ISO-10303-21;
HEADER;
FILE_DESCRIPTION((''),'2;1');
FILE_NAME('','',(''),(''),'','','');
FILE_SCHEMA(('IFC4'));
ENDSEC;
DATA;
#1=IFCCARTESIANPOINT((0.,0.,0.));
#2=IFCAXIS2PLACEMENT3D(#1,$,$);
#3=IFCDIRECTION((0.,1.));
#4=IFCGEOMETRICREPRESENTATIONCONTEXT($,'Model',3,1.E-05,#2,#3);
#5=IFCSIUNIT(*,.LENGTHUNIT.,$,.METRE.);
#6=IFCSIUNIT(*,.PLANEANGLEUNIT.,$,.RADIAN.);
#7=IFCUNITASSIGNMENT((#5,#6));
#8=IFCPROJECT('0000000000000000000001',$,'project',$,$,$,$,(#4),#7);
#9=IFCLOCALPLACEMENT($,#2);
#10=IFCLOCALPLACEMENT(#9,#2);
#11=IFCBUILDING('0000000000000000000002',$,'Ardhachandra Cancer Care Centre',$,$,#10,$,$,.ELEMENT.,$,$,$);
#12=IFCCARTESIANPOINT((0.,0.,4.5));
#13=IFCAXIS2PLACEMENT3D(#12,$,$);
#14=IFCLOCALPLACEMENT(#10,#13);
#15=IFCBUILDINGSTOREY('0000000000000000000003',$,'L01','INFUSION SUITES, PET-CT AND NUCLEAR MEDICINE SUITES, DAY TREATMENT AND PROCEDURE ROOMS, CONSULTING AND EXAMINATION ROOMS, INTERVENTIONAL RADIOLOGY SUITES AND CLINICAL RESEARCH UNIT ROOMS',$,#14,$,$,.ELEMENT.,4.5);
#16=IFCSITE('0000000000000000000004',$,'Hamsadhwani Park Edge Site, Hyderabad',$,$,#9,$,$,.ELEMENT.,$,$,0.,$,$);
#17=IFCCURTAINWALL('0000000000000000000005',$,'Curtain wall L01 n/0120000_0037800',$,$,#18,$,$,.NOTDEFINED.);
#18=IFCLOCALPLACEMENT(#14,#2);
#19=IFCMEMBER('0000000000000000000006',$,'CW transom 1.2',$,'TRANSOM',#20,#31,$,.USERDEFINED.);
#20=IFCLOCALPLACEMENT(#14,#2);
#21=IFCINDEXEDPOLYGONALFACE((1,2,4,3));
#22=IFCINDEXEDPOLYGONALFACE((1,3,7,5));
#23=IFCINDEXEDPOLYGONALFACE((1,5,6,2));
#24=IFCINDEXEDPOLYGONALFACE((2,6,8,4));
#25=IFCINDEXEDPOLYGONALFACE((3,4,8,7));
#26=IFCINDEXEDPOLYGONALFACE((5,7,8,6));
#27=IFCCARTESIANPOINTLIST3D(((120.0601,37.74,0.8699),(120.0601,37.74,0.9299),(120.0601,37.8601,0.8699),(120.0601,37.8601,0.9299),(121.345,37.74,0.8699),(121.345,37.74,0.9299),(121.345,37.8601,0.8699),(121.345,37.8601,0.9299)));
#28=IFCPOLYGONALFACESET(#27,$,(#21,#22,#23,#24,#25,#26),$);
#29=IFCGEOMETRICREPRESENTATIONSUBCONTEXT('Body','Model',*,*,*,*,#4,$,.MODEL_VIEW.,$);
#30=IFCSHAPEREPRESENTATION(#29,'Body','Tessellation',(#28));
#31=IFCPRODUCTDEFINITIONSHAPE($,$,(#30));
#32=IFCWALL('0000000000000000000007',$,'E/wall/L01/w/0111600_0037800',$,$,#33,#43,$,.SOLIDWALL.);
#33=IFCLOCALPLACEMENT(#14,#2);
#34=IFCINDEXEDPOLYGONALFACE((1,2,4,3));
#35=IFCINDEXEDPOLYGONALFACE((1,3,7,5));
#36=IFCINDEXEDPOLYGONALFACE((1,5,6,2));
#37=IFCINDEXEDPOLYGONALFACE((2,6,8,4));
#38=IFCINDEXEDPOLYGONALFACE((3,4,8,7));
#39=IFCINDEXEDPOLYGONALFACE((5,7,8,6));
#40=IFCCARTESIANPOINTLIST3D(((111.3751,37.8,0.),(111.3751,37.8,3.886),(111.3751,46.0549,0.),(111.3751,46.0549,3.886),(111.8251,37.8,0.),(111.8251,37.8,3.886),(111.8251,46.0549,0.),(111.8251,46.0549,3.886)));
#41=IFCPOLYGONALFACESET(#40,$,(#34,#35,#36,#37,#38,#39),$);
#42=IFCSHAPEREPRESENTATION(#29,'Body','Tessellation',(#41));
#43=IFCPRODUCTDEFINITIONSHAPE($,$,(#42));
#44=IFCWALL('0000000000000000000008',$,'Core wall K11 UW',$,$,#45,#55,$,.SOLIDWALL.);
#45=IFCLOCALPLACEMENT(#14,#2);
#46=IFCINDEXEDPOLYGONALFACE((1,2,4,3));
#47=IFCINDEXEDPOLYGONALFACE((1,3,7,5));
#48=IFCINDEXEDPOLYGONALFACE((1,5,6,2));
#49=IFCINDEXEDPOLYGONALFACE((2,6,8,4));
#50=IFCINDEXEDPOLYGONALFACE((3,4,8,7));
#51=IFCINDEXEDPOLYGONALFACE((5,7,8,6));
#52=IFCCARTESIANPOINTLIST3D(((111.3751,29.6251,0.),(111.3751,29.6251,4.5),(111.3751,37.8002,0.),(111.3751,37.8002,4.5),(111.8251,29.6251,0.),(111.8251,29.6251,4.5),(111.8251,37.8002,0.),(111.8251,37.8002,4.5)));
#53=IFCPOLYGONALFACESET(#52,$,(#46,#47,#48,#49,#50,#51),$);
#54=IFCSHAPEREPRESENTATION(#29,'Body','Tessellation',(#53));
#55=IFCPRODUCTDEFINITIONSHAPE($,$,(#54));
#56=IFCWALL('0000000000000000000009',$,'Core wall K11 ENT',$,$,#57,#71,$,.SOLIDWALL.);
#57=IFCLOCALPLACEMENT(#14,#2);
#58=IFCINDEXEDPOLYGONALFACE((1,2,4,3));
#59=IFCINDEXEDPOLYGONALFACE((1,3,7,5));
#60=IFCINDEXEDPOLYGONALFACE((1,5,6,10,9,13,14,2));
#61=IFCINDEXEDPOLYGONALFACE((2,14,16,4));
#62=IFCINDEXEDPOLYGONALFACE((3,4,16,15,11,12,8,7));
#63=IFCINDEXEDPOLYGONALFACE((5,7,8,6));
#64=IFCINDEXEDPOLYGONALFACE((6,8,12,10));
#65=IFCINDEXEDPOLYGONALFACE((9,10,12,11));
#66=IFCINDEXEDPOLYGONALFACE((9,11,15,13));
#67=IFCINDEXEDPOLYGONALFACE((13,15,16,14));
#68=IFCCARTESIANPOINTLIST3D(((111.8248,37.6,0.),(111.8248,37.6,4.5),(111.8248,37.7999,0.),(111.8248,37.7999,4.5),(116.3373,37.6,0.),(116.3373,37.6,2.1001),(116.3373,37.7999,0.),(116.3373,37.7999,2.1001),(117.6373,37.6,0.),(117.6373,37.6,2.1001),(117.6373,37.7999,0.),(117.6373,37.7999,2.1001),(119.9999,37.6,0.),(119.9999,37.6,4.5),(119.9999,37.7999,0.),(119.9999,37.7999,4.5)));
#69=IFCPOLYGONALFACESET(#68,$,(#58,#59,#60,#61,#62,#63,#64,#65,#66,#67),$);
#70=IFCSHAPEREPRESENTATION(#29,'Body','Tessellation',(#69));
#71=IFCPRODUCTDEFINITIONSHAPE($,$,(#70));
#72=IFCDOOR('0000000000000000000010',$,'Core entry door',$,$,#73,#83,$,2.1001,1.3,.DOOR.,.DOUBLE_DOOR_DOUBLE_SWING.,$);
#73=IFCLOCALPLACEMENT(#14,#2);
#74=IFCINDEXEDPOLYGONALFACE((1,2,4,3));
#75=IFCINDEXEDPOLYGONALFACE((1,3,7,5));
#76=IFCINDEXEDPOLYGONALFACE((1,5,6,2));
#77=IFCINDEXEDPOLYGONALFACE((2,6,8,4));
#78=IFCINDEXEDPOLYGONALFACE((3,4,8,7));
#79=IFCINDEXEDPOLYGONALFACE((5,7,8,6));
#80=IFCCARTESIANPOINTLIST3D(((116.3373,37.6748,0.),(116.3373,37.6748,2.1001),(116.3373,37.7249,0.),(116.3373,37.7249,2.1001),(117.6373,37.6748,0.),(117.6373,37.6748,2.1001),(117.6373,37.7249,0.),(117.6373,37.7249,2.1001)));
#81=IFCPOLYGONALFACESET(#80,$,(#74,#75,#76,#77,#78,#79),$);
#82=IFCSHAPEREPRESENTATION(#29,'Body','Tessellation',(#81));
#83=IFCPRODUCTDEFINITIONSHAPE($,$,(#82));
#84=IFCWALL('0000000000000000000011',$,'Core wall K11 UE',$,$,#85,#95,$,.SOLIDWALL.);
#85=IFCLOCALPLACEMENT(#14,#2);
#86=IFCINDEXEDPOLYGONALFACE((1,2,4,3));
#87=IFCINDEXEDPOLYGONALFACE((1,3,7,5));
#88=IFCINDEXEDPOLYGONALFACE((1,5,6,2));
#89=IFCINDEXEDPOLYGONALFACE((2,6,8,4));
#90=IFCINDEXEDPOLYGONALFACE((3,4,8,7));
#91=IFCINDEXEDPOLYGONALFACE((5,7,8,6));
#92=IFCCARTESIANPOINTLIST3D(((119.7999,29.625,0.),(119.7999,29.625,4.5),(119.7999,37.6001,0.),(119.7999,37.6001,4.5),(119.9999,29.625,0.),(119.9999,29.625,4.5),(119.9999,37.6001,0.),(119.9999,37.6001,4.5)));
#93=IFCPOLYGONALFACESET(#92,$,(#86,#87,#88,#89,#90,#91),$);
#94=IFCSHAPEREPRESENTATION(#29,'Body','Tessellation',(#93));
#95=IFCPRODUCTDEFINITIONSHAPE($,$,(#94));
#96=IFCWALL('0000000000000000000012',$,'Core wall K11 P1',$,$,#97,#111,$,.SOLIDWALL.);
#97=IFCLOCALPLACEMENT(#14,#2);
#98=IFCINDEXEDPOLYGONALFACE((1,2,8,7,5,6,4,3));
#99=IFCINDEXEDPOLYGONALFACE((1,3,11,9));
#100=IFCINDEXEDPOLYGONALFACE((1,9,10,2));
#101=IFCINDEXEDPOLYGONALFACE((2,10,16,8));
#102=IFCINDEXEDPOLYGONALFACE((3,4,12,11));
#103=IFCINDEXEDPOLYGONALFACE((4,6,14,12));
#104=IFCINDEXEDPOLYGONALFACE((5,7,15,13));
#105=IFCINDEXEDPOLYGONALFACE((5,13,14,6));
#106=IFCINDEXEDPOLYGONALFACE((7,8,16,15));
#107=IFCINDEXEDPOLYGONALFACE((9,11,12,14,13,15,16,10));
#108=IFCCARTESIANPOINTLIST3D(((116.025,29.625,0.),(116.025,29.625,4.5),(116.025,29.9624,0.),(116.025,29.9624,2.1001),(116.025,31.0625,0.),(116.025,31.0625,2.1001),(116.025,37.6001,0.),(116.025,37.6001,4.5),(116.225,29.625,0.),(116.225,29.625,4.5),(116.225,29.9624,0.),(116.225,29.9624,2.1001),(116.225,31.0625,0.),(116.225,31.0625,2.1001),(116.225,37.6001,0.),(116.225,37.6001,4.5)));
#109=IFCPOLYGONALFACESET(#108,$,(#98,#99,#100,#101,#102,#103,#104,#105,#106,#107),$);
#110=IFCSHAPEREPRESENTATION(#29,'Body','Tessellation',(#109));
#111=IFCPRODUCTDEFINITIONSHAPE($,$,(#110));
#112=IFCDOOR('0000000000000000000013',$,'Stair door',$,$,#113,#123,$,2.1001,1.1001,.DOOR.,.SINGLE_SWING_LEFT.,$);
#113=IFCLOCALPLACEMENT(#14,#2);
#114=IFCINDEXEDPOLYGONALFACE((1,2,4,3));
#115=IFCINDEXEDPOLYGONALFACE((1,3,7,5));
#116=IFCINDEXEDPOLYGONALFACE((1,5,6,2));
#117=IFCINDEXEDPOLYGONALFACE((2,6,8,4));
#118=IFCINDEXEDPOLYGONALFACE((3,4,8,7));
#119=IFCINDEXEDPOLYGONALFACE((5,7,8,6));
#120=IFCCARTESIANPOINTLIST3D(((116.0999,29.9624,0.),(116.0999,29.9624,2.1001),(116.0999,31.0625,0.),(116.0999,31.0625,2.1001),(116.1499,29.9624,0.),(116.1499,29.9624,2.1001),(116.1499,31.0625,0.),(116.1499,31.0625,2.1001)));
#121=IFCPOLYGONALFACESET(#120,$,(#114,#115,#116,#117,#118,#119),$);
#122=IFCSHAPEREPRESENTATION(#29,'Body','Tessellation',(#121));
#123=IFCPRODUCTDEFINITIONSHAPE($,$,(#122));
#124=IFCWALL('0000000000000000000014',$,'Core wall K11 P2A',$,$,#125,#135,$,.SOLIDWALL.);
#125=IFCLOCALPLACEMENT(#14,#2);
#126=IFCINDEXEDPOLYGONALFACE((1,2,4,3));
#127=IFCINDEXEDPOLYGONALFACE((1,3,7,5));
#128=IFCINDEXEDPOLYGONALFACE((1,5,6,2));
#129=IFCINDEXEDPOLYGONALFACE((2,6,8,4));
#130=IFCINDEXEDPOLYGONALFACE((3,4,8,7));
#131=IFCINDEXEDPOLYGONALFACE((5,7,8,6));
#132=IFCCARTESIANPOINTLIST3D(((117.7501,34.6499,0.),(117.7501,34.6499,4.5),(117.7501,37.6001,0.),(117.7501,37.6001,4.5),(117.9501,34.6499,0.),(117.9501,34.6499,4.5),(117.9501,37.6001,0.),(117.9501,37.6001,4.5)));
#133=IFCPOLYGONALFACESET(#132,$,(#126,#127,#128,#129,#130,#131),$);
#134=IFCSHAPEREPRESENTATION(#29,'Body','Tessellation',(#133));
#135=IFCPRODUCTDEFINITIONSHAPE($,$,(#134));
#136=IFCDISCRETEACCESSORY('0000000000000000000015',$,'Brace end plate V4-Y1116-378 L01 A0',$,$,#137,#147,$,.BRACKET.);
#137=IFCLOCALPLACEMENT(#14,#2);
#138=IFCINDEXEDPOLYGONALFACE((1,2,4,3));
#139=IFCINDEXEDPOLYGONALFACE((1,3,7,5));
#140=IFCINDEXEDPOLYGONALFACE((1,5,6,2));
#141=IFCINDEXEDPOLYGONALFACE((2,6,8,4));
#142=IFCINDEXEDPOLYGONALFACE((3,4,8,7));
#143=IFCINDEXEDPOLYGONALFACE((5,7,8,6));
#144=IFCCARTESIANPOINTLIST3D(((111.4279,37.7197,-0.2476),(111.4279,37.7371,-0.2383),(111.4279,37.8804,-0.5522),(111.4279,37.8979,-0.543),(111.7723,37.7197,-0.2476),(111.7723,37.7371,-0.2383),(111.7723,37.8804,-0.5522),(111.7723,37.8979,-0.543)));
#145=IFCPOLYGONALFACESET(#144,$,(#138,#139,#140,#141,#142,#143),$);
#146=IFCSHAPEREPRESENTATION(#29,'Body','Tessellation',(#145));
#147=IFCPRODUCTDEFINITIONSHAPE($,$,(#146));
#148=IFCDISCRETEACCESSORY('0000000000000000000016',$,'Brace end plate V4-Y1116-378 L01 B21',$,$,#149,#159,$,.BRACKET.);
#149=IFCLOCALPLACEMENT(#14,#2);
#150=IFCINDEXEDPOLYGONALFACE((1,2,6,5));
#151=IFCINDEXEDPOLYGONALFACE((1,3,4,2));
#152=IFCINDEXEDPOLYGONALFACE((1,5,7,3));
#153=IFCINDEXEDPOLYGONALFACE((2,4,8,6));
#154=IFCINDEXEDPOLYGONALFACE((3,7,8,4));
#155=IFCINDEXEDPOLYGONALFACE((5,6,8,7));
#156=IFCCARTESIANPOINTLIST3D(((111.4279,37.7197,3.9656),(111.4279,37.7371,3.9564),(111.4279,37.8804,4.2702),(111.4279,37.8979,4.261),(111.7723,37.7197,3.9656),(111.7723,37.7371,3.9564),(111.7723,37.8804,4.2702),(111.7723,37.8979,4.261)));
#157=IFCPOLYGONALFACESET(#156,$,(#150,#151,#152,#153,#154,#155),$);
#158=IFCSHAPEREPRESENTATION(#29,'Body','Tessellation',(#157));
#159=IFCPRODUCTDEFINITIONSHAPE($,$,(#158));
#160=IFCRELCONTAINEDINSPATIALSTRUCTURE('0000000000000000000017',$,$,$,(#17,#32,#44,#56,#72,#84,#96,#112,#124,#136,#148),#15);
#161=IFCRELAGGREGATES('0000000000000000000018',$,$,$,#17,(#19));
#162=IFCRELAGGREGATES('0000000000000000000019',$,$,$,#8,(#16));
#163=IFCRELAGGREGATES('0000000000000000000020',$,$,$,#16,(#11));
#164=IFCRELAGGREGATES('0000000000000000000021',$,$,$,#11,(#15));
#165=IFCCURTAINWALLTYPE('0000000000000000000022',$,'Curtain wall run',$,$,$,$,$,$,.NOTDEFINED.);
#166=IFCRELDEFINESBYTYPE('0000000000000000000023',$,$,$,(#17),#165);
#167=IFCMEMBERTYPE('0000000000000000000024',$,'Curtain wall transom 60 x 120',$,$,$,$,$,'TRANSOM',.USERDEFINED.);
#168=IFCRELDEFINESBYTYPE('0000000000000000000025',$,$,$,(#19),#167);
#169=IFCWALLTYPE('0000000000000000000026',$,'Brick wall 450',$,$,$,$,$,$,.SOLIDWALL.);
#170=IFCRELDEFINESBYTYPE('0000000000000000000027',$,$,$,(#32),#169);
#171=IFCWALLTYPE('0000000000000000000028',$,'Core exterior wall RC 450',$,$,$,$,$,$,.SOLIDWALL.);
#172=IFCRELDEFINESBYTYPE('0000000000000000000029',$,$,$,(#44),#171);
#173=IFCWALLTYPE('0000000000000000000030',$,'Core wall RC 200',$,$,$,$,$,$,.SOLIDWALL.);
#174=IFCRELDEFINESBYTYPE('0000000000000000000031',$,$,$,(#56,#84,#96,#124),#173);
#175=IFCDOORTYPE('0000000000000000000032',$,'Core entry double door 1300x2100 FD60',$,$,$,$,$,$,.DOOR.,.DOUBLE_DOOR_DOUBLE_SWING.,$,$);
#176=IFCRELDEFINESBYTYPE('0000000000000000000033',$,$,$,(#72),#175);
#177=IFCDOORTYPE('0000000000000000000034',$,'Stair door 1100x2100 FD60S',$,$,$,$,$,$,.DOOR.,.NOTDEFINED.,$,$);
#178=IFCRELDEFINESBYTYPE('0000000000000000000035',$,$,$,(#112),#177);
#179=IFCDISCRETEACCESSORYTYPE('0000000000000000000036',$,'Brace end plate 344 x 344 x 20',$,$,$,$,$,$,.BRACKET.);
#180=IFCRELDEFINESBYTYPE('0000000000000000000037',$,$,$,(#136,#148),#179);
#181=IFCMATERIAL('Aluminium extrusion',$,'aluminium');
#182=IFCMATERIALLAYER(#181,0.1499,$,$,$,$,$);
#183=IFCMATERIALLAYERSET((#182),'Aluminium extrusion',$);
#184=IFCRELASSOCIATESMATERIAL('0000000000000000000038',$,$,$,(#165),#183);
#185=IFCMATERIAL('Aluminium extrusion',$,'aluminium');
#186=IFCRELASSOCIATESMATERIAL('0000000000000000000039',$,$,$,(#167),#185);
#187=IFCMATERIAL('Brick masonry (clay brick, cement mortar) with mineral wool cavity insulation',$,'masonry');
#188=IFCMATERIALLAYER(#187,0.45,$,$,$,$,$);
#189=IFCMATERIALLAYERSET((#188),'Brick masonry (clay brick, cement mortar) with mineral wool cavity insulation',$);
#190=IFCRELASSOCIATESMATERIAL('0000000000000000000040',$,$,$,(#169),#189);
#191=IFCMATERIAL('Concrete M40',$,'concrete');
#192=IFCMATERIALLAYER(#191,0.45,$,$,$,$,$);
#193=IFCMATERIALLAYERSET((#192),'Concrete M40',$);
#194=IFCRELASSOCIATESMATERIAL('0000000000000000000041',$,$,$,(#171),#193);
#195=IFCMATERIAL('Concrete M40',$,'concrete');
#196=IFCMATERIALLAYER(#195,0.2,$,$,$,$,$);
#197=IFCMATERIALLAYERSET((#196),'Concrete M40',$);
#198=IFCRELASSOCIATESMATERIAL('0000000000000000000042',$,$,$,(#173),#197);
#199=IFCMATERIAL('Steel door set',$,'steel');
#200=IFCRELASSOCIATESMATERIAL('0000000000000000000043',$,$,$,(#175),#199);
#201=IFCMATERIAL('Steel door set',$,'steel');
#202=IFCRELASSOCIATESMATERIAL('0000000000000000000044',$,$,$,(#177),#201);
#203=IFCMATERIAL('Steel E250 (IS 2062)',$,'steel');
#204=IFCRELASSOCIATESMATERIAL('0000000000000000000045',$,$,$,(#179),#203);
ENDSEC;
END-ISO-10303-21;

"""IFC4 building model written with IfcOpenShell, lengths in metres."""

from ifc_helpers import new_model, si_unit, direction, frame, frame_2d, origin, origin_2d, place, context, subcontext, project, spatial, rectangle, extrude, material, layer, layer_set, material_profile, profile_set, type_object, element, fill, aggregate, save


model = new_model("IFC4")

# Units and contexts
model_context = context("Model", 3, precision=1e-05, world=origin(), true_north=direction((0.0, 1.0)))
body_context = subcontext(model_context, "Body", "Model", "MODEL_VIEW")
ifc_project = project(units=[si_unit("LENGTHUNIT", "METRE"), si_unit("PLANEANGLEUNIT", "RADIAN")], contexts=[model_context])

# Site, building, storey
site_placement = place(None, origin())
site = spatial("IfcSite", under=ifc_project, at=site_placement, Name="Hamsadhwani Park Edge Site, Hyderabad", CompositionType="ELEMENT", RefElevation=0.0)
building_placement = place(site_placement, origin())
building = spatial("IfcBuilding", under=site, at=building_placement, Name="Ardhachandra Cancer Care Centre", CompositionType="ELEMENT")
storey_placement = place(building_placement, frame((0.0, 0.0, 4.5)))
storey = spatial("IfcBuildingStorey", under=building, at=storey_placement, Name="L01", Description="INFUSION SUITES, PET-CT AND NUCLEAR MEDICINE SUITES, DAY TREATMENT AND PROCEDURE ROOMS, CONSULTING AND EXAMINATION ROOMS, INTERVENTIONAL RADIOLOGY SUITES AND CLINICAL RESEARCH UNIT ROOMS", CompositionType="ELEMENT", Elevation=4.5)

# Curtain wall, member
ifc_material_1 = material(Name="Aluminium extrusion", Category="aluminium")
ifc_layer_1 = layer(ifc_material_1, 0.1499)
ifc_layer_set_1 = layer_set([ifc_layer_1], Name="Aluminium extrusion")
curtain_wall_type = type_object("IfcCurtainWallType", Name="Curtain wall run", PredefinedType="NOTDEFINED", material=ifc_layer_set_1)
curtain_wall_placement = place(storey_placement, origin())
curtain_wall = element("IfcCurtainWall", 1, at=curtain_wall_placement, inside=storey, type_object=curtain_wall_type, Name="Curtain wall L01 n/0120000_0037800", PredefinedType="NOTDEFINED")
ifc_material_2 = material(Name="Aluminium extrusion", Category="aluminium")
ifc_material_profile_1 = material_profile(ifc_material_2, rectangle(XDim=0.1201, YDim=0.0601, at=origin_2d()), Name="Curtain wall transom 60 x 120")
ifc_profile_set_1 = profile_set([ifc_material_profile_1], Name="Aluminium extrusion")
member_type_1 = type_object("IfcMemberType", Name="Curtain wall transom 60 x 120", ElementType="TRANSOM", PredefinedType="USERDEFINED", material=ifc_profile_set_1)
member_1_placement = place(storey_placement, frame((120.0601, 37.8, 0.8999), z_axis=(1.0, 0.0, 0.0), x_axis=(0.0, 1.0, 0.0)))
member_1 = element("IfcMember", 2, at=member_1_placement, type_object=member_type_1, Name="CW transom 1.2", ObjectType="TRANSOM", PredefinedType="USERDEFINED", context=body_context, shape_type="SweptSolid", body=[
    extrude(rectangle(XDim=0.1201, YDim=0.0601, at=origin_2d()), origin(), (0.0, 0.0, 1.0), 1.2849),
])
aggregate(curtain_wall, [member_1])

# Walls
ifc_material_3 = material(Name="Brick masonry (clay brick, cement mortar) with mineral wool cavity insulation", Category="masonry")
ifc_layer_2 = layer(ifc_material_3, 0.45)
ifc_layer_set_2 = layer_set([ifc_layer_2], Name="Brick masonry (clay brick, cement mortar) with mineral wool cavity insulation")
wall_type_1 = type_object("IfcWallType", Name="Brick wall 450", PredefinedType="SOLIDWALL", material=ifc_layer_set_2)
wall_1_placement = place(storey_placement, frame((111.6001, 37.8, 0.0), z_axis=(0.0, 0.0, 1.0), x_axis=(0.0, 1.0, 0.0)))
element("IfcWall", 3, at=wall_1_placement, inside=storey, type_object=wall_type_1, Name="E/wall/L01/w/0111600_0037800", PredefinedType="SOLIDWALL", context=body_context, shape_type="SweptSolid", body=[
    extrude(rectangle(XDim=8.2549, YDim=0.45, at=frame_2d((4.1274, 0.0))), origin(), (0.0, 0.0, 1.0), 3.886),
])
ifc_material_4 = material(Name="Concrete M40", Category="concrete")
ifc_layer_3 = layer(ifc_material_4, 0.45)
ifc_layer_set_3 = layer_set([ifc_layer_3], Name="Concrete M40")
wall_type_2 = type_object("IfcWallType", Name="Core exterior wall RC 450", PredefinedType="SOLIDWALL", material=ifc_layer_set_3)
wall_2_placement = place(storey_placement, frame((111.6001, 37.8, 0.0), z_axis=(0.0, 0.0, 1.0), x_axis=(0.0, -1.0, 0.0)))
element("IfcWall", 4, at=wall_2_placement, inside=storey, type_object=wall_type_2, Name="Core wall K11 UW", PredefinedType="SOLIDWALL", context=body_context, shape_type="SweptSolid", body=[
    extrude(rectangle(XDim=8.175, YDim=0.45, at=frame_2d((4.0874, 0.0))), origin(), (0.0, 0.0, 1.0), 4.5),
])

# Wall, opening, door
ifc_material_5 = material(Name="Concrete M40", Category="concrete")
ifc_layer_4 = layer(ifc_material_5, 0.2)
ifc_layer_set_4 = layer_set([ifc_layer_4], Name="Concrete M40")
wall_type_3 = type_object("IfcWallType", Name="Core wall RC 200", PredefinedType="SOLIDWALL", material=ifc_layer_set_4)
wall_3_placement = place(storey_placement, frame((111.825, 37.7, 0.0), z_axis=(0.0, 0.0, 1.0), x_axis=(1.0, 0.0, 0.0)))
wall_3 = element("IfcWall", 5, at=wall_3_placement, inside=storey, type_object=wall_type_3, Name="Core wall K11 ENT", PredefinedType="SOLIDWALL", context=body_context, shape_type="SweptSolid", body=[
    extrude(rectangle(XDim=8.175, YDim=0.2, at=frame_2d((4.0874, 0.0))), origin(), (0.0, 0.0, 1.0), 4.5),
])
opening_1_placement = place(wall_3_placement, frame((4.5125, 0.0, 0.0)))
opening_1 = element("IfcOpeningElement", 6, at=opening_1_placement, cuts=wall_3, PredefinedType="OPENING", context=body_context, shape_type="SweptSolid", body=[
    extrude(rectangle(XDim=1.3, YDim=2.1001, at=frame_2d((0.6499, 1.05))), frame((0.0, 0.1099, 0.0), z_axis=(0.0, -1.0, 0.0), x_axis=(1.0, 0.0, 0.0)), (0.0, 0.0, 1.0), 0.22),
])
ifc_material_6 = material(Name="Steel door set", Category="steel")
door_type_1 = type_object("IfcDoorType", Name="Core entry double door 1300x2100 FD60", OperationType="DOUBLE_DOOR_DOUBLE_SWING", PredefinedType="DOOR", material=ifc_material_6)
door_1_placement = place(opening_1_placement, origin())
door_1 = element("IfcDoor", 7, at=door_1_placement, inside=storey, type_object=door_type_1, Name="Core entry door", OperationType="DOUBLE_DOOR_DOUBLE_SWING", OverallHeight=2.1001, OverallWidth=1.3, PredefinedType="DOOR", context=body_context, shape_type="SweptSolid", body=[
    extrude(rectangle(XDim=1.3, YDim=2.1001, at=frame_2d((0.6499, 1.05))), frame((0.0, 0.0249, 0.0), z_axis=(0.0, -1.0, 0.0), x_axis=(1.0, 0.0, 0.0)), (0.0, 0.0, 1.0), 0.05),
])
fill(opening_1, door_1)

# Wall
wall_4_placement = place(storey_placement, frame((119.8999, 37.6001, 0.0), z_axis=(0.0, 0.0, 1.0), x_axis=(0.0, -1.0, 0.0)))
element("IfcWall", 8, at=wall_4_placement, inside=storey, type_object=wall_type_3, Name="Core wall K11 UE", PredefinedType="SOLIDWALL", context=body_context, shape_type="SweptSolid", body=[
    extrude(rectangle(XDim=7.9751, YDim=0.2, at=frame_2d((3.9875, 0.0))), origin(), (0.0, 0.0, 1.0), 4.5),
])

# Wall, opening, door
wall_5_placement = place(storey_placement, frame((116.125, 37.6001, 0.0), z_axis=(0.0, 0.0, 1.0), x_axis=(0.0, -1.0, 0.0)))
wall_5 = element("IfcWall", 9, at=wall_5_placement, inside=storey, type_object=wall_type_3, Name="Core wall K11 P1", PredefinedType="SOLIDWALL", context=body_context, shape_type="SweptSolid", body=[
    extrude(rectangle(XDim=7.9751, YDim=0.2, at=frame_2d((3.9875, 0.0))), origin(), (0.0, 0.0, 1.0), 4.5),
])
opening_2_placement = place(wall_5_placement, frame((6.5376, 0.0, 0.0)))
opening_2 = element("IfcOpeningElement", 10, at=opening_2_placement, cuts=wall_5, PredefinedType="OPENING", context=body_context, shape_type="SweptSolid", body=[
    extrude(rectangle(XDim=1.1001, YDim=2.1001, at=frame_2d((0.55, 1.05))), frame((0.0, 0.1099, 0.0), z_axis=(0.0, -1.0, 0.0), x_axis=(1.0, 0.0, 0.0)), (0.0, 0.0, 1.0), 0.22),
])
ifc_material_7 = material(Name="Steel door set", Category="steel")
door_type_2 = type_object("IfcDoorType", Name="Stair door 1100x2100 FD60S", OperationType="NOTDEFINED", PredefinedType="DOOR", material=ifc_material_7)
door_2_placement = place(opening_2_placement, origin())
door_2 = element("IfcDoor", 11, at=door_2_placement, inside=storey, type_object=door_type_2, Name="Stair door", OperationType="SINGLE_SWING_LEFT", OverallHeight=2.1001, OverallWidth=1.1001, PredefinedType="DOOR", context=body_context, shape_type="SweptSolid", body=[
    extrude(rectangle(XDim=1.1001, YDim=2.1001, at=frame_2d((0.55, 1.05))), frame((0.0, 0.0249, 0.0), z_axis=(0.0, -1.0, 0.0), x_axis=(1.0, 0.0, 0.0)), (0.0, 0.0, 1.0), 0.05),
])
fill(opening_2, door_2)

# Wall
wall_6_placement = place(storey_placement, frame((117.8501, 37.6001, 0.0), z_axis=(0.0, 0.0, 1.0), x_axis=(0.0, -1.0, 0.0)))
element("IfcWall", 12, at=wall_6_placement, inside=storey, type_object=wall_type_3, Name="Core wall K11 P2A", PredefinedType="SOLIDWALL", context=body_context, shape_type="SweptSolid", body=[
    extrude(rectangle(XDim=2.9502, YDim=0.2, at=frame_2d((1.4751, 0.0))), origin(), (0.0, 0.0, 1.0), 4.5),
])

# Discrete accessories
ifc_material_8 = material(Name="Steel E250 (IS 2062)", Category="steel")
ifc_material_profile_2 = material_profile(ifc_material_8, rectangle(XDim=0.3445, YDim=0.3445, at=origin_2d()), Name="PL 344x344x20")
ifc_profile_set_2 = profile_set([ifc_material_profile_2], Name="Steel E250 (IS 2062)")
discrete_accessory_type = type_object("IfcDiscreteAccessoryType", Name="Brace end plate 344 x 344 x 20", PredefinedType="BRACKET", material=ifc_profile_set_2)
for number, where, z_axis, x_axis, name in (
    (13, (111.6001, 37.8, -0.3999), (0.0, 0.884385, 0.466759), (-1.0, 0.0, 0.0), "Brace end plate V4-Y1116-378 L01 A0"),
    (14, (111.6001, 37.8, 4.1179), (0.0, 0.884385, -0.466759), (-1.0, 0.0, 0.0), "Brace end plate V4-Y1116-378 L01 B21"),
):
    element("IfcDiscreteAccessory", number, at=place(storey_placement, frame(where, z_axis=z_axis, x_axis=x_axis)), inside=storey, type_object=discrete_accessory_type, Name=name, PredefinedType="BRACKET", context=body_context, shape_type="SweptSolid", body=[
        extrude(rectangle(XDim=0.3445, YDim=0.3445, at=origin_2d()), origin(), (0.0, 0.0, 1.0), 0.0198),
    ])

save(model, "model.ifc")
